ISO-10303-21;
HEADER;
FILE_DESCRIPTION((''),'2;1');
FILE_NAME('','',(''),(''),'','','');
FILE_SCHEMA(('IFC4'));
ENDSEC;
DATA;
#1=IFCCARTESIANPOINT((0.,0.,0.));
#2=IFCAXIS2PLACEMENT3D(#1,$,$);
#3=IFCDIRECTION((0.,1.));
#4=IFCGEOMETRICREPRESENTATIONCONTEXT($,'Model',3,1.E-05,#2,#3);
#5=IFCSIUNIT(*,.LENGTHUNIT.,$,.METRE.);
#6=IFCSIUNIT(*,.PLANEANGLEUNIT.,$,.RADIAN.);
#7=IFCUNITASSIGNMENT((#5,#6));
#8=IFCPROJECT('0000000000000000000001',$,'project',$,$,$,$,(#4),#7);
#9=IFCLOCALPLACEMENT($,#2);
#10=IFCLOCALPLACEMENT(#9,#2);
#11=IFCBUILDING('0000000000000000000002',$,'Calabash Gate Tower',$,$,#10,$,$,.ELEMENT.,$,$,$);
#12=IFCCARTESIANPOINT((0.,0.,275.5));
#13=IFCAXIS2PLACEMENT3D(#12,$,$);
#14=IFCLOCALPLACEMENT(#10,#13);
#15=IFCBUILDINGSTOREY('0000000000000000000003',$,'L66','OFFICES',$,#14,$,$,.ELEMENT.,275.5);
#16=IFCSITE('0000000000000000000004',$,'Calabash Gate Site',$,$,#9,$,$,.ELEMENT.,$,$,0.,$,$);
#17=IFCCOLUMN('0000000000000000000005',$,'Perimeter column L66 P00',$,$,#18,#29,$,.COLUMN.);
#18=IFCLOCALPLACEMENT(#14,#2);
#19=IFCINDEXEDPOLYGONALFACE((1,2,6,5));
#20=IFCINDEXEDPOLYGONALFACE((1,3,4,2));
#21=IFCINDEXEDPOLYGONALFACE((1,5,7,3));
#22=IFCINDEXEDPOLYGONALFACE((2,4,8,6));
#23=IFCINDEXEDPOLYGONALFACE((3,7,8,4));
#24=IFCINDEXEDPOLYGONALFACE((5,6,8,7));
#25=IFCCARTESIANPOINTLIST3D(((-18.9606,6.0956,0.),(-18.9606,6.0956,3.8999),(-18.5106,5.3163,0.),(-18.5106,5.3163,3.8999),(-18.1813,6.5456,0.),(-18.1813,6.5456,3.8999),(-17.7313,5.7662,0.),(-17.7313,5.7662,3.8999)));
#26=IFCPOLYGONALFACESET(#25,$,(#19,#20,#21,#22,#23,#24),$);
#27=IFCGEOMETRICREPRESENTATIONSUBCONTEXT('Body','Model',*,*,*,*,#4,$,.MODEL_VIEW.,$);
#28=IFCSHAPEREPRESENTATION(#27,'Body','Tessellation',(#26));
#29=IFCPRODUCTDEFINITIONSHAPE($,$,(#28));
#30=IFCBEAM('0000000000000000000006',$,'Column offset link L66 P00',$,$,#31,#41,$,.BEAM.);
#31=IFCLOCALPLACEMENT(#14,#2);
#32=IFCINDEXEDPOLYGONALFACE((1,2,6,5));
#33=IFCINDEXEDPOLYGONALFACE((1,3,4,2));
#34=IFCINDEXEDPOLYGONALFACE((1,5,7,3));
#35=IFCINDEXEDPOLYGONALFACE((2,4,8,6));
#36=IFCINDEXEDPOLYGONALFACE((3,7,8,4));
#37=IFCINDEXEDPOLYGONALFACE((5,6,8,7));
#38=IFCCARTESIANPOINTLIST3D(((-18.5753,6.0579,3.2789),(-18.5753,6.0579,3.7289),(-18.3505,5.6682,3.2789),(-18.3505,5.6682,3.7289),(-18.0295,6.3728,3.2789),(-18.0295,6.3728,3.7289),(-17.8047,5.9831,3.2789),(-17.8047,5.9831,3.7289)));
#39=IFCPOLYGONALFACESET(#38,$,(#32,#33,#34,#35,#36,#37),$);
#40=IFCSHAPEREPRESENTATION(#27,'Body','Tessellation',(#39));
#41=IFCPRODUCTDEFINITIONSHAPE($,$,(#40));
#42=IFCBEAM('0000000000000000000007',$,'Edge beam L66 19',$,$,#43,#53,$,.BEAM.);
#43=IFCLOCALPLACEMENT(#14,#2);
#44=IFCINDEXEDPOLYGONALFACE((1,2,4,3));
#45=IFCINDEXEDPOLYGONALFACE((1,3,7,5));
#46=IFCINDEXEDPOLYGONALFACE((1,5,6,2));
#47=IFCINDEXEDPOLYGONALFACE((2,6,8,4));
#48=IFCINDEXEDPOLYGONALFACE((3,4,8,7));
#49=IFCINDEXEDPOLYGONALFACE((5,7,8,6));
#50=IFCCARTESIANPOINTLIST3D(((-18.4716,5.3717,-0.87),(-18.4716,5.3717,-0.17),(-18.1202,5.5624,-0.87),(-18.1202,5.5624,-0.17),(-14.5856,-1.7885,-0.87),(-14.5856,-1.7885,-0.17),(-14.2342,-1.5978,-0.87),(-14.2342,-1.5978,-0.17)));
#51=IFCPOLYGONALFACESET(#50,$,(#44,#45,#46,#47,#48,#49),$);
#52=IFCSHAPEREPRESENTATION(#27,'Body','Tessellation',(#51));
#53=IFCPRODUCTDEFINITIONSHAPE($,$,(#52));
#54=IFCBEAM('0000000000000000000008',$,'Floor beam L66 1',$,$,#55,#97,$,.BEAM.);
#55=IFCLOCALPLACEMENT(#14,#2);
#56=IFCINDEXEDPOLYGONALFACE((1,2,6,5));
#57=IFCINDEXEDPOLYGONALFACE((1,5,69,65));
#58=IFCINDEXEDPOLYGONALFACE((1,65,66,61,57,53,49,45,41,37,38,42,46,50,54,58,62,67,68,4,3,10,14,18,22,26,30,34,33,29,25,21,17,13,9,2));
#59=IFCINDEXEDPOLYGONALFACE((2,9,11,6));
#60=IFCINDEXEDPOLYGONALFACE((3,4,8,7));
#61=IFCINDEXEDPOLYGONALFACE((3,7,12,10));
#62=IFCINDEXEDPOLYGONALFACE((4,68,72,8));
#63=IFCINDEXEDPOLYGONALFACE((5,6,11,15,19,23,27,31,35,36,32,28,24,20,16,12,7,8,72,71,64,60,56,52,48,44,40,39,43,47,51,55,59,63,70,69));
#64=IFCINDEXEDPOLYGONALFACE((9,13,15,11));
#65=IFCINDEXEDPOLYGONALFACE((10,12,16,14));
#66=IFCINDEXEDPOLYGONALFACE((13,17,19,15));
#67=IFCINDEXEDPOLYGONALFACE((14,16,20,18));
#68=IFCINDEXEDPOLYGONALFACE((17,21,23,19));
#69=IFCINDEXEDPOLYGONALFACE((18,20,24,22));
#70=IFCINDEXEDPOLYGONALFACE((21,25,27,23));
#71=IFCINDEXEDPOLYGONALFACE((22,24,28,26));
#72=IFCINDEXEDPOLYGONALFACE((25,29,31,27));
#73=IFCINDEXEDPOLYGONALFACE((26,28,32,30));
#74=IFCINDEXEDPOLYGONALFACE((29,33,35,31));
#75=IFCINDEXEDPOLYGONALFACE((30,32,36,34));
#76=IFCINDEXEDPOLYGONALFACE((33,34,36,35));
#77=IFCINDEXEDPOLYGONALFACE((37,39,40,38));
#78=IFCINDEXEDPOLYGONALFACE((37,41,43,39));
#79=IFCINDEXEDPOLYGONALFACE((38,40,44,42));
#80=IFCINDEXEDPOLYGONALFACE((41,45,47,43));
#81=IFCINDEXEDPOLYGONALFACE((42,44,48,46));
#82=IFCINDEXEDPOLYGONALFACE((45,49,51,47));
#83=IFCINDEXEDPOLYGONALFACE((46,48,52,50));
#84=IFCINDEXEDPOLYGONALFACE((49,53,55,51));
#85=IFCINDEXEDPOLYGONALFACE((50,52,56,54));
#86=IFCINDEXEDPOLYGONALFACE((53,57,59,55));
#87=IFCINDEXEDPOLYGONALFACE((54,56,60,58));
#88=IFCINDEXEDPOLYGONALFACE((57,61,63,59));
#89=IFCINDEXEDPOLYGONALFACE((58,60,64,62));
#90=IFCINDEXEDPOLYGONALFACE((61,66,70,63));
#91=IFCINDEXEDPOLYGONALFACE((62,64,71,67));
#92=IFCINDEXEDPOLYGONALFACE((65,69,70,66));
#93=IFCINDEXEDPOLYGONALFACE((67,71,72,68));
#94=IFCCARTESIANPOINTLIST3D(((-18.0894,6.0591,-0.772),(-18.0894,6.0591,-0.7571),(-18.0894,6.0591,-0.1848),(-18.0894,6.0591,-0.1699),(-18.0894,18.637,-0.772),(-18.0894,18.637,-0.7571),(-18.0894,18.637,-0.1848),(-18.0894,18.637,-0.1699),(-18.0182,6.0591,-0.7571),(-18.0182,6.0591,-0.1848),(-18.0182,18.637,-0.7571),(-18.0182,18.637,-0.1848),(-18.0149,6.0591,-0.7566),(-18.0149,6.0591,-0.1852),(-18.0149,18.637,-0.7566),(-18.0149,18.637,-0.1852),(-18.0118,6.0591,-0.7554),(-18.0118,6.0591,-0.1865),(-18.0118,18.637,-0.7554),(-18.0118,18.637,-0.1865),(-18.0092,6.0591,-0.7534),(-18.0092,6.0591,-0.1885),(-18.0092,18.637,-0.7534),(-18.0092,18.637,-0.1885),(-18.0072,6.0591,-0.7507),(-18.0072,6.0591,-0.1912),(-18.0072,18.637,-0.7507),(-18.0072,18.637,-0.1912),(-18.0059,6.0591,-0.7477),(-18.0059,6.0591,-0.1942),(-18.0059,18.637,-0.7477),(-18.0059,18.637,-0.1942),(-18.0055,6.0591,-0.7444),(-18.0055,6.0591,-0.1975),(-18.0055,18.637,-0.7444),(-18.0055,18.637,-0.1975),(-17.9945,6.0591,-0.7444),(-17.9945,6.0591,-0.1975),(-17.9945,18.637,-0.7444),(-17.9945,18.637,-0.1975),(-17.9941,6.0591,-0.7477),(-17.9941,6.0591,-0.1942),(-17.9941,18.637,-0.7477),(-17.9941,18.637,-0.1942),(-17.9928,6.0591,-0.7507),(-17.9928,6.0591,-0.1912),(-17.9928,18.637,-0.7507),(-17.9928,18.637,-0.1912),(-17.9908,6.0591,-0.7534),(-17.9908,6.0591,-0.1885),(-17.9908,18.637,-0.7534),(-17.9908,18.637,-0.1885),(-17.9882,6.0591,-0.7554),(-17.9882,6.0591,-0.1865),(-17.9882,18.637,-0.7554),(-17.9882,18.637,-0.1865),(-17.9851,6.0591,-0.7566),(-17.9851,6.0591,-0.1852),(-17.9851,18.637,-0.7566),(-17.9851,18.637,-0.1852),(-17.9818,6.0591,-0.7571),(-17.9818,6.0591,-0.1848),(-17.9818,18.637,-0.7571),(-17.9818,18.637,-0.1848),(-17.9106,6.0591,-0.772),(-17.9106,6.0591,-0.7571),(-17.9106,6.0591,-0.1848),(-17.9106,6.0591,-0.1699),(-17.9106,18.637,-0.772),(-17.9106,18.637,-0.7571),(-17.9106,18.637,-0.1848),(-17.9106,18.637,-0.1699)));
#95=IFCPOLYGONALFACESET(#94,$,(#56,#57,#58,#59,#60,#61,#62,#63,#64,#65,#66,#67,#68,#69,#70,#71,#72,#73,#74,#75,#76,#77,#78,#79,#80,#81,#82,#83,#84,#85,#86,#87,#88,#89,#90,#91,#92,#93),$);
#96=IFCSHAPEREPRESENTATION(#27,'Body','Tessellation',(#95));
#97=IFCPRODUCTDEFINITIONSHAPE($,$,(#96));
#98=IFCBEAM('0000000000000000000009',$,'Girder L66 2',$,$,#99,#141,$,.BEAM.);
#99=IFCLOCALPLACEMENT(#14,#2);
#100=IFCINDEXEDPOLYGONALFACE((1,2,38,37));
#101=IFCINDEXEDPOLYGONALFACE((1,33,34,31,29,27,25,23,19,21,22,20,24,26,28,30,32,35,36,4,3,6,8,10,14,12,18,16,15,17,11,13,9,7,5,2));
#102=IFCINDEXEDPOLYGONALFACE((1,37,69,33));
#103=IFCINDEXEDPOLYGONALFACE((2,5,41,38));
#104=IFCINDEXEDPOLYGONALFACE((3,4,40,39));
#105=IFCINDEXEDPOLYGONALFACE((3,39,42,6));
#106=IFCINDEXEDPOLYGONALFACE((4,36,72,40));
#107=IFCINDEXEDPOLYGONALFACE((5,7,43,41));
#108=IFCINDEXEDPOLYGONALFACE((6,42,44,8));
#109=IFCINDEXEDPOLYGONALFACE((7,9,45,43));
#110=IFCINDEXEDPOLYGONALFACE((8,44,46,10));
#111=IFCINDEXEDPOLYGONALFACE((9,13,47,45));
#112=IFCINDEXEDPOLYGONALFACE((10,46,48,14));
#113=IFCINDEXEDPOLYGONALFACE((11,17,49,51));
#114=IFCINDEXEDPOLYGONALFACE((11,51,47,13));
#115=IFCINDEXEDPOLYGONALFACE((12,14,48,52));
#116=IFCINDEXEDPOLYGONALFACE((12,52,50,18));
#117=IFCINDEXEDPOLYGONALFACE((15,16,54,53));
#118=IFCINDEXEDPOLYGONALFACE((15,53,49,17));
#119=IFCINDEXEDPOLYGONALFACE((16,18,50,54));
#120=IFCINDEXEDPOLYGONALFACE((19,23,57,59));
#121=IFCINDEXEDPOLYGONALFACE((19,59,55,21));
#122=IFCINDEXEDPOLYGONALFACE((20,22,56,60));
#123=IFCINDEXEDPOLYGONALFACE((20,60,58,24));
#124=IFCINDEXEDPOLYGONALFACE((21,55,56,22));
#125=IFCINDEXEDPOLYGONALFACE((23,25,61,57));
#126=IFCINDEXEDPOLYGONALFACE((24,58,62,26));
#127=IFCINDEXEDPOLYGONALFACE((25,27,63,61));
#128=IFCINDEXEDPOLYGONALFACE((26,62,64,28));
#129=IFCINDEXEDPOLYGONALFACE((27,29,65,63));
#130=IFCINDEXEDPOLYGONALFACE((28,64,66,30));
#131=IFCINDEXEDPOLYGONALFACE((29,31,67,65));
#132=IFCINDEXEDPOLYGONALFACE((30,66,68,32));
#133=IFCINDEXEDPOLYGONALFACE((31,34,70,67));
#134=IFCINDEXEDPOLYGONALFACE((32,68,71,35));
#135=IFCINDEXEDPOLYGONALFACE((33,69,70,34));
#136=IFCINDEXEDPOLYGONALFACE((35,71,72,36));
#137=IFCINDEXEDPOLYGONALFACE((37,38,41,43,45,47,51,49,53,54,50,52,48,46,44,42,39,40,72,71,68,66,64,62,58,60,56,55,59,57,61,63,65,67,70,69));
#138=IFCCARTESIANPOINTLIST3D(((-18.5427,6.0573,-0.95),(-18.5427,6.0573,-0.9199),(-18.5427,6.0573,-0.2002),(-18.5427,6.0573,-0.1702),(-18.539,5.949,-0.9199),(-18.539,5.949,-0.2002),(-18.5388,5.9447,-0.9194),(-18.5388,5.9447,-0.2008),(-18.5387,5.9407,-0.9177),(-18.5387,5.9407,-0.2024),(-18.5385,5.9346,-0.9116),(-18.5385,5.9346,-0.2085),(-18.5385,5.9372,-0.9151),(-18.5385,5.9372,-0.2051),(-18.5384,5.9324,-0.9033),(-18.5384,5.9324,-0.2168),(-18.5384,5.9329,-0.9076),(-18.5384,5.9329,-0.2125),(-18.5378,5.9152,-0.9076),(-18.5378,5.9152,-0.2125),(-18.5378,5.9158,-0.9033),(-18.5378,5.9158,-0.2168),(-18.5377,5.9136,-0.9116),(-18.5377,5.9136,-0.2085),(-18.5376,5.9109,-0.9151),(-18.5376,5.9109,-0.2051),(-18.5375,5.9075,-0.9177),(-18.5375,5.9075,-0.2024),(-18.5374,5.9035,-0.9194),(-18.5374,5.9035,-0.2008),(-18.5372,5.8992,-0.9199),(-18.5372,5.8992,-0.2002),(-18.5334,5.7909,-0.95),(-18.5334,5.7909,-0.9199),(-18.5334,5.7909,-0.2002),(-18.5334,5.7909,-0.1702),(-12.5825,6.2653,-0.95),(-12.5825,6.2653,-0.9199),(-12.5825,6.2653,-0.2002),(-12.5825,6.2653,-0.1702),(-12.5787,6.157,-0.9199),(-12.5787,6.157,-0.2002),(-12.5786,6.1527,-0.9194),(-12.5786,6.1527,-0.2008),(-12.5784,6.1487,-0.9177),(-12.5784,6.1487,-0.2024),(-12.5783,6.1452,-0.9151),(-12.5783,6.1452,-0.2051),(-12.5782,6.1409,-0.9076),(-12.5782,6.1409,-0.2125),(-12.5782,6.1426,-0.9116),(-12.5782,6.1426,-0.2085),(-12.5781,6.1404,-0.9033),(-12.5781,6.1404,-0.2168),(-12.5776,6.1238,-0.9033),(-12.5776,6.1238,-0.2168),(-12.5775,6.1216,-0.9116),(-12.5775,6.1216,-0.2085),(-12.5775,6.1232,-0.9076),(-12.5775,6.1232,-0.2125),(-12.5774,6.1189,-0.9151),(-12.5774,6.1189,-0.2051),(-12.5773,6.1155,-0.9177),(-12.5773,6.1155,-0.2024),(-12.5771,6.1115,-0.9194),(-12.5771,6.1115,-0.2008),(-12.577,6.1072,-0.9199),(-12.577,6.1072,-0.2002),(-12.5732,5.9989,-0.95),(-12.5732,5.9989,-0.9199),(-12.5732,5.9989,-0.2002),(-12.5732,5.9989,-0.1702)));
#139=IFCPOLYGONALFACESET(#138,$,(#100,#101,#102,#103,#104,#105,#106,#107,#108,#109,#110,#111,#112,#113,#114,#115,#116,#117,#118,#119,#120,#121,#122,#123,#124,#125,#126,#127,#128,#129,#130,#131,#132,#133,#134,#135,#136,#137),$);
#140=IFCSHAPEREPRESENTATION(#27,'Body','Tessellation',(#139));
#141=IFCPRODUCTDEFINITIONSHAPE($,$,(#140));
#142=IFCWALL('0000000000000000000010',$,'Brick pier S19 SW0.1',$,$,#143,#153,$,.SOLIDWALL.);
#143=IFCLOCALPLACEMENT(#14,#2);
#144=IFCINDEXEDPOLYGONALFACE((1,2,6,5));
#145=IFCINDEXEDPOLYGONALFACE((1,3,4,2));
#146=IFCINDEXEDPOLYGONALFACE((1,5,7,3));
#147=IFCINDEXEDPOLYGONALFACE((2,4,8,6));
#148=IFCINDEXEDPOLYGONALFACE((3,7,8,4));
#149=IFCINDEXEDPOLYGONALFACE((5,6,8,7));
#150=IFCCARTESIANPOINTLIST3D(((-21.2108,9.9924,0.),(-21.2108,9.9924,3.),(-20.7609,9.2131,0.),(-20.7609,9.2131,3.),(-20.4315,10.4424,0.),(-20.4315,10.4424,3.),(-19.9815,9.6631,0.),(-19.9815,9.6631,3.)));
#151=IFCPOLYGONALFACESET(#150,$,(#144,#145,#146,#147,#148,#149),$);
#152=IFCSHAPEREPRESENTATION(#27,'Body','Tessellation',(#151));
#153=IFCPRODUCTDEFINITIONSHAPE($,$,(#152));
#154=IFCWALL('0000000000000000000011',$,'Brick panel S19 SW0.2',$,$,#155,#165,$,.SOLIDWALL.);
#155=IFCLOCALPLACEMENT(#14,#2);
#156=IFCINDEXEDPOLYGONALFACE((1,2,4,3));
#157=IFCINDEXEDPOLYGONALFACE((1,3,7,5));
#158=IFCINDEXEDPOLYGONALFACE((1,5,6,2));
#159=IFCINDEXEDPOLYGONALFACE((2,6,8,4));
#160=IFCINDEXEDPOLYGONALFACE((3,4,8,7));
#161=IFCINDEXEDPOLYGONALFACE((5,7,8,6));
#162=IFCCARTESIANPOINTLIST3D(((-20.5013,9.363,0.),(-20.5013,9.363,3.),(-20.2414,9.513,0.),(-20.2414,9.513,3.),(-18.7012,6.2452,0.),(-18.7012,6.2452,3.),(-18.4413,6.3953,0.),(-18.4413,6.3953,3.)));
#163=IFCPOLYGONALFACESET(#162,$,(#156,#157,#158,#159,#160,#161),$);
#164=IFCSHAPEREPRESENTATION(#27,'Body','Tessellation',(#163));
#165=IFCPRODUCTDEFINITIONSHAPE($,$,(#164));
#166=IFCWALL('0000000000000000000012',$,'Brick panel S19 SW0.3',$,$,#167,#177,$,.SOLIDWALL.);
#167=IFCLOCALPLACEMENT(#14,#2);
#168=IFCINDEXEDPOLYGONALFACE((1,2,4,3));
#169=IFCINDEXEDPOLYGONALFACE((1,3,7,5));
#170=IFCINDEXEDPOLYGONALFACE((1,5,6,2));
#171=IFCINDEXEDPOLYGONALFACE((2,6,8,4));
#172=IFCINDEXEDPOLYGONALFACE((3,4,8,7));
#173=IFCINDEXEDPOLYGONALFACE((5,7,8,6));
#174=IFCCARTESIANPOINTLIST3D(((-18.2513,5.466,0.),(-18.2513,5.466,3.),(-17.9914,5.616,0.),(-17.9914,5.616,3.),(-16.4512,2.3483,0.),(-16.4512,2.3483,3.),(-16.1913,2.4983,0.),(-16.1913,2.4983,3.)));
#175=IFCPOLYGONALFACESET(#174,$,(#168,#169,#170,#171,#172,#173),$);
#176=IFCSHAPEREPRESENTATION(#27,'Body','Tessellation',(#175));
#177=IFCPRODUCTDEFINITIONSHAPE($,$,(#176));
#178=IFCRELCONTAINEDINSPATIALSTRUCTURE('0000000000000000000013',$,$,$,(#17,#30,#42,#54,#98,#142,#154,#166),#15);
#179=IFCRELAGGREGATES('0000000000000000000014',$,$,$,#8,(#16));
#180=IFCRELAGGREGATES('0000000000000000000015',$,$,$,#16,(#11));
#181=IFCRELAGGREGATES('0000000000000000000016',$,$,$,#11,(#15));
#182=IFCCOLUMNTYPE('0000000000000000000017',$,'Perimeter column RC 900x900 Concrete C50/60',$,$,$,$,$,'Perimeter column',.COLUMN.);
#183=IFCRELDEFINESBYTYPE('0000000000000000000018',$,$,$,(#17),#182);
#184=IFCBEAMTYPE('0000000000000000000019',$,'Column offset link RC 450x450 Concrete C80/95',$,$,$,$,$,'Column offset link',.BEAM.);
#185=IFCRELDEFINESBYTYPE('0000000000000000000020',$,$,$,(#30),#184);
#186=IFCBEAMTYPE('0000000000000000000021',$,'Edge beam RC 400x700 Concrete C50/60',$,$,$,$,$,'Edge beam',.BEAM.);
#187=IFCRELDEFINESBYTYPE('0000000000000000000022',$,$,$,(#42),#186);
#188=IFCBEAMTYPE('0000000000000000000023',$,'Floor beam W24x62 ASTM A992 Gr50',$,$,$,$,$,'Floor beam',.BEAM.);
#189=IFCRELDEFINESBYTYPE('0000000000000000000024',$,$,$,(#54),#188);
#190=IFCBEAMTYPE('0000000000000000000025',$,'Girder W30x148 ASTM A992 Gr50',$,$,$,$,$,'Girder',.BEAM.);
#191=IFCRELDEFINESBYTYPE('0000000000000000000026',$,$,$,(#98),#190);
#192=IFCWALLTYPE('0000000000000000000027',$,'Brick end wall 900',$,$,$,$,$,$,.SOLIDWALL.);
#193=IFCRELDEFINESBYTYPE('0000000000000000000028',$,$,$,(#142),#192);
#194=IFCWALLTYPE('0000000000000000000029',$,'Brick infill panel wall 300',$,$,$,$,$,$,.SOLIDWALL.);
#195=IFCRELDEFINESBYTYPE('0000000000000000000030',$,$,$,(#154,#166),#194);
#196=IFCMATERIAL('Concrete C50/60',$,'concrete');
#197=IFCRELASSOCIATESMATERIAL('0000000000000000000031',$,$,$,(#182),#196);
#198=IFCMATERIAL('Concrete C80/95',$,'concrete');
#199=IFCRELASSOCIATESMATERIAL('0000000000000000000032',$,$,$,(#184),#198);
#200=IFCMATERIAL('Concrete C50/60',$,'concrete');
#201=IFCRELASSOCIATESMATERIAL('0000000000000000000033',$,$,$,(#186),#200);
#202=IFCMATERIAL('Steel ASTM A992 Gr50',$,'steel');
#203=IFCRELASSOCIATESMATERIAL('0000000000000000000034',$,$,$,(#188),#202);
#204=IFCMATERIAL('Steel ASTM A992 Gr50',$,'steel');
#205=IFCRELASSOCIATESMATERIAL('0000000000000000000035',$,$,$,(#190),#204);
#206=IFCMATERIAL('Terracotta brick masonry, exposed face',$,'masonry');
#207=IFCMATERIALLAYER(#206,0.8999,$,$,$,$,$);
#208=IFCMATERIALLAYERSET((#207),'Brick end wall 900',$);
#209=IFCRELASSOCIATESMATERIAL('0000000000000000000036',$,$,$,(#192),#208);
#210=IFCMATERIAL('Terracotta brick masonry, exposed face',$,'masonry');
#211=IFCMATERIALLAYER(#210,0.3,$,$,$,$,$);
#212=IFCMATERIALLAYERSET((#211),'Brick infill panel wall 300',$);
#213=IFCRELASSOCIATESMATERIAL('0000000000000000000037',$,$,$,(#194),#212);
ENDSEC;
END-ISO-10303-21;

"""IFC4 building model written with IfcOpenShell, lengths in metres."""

from ifc_helpers import new_model, si_unit, direction, frame, frame_2d, origin, origin_2d, place, context, subcontext, project, spatial, rectangle, i_section, extrude, material, layer, layer_set, material_profile, profile_set, type_object, element, save


model = new_model("IFC4")

# Units and contexts
model_context = context("Model", 3, precision=1e-05, world=origin(), true_north=direction((0.0, 1.0)))
body_context = subcontext(model_context, "Body", "Model", "MODEL_VIEW")
ifc_project = project(units=[si_unit("LENGTHUNIT", "METRE"), si_unit("PLANEANGLEUNIT", "RADIAN")], contexts=[model_context])

# Site, building, storey
site_placement = place(None, origin())
site = spatial("IfcSite", under=ifc_project, at=site_placement, Name="Calabash Gate Site", CompositionType="ELEMENT", RefElevation=0.0)
building_placement = place(site_placement, origin())
building = spatial("IfcBuilding", under=site, at=building_placement, Name="Calabash Gate Tower", CompositionType="ELEMENT")
storey_placement = place(building_placement, frame((0.0, 0.0, 275.5)))
storey = spatial("IfcBuildingStorey", under=building, at=storey_placement, Name="L66", Description="OFFICES", CompositionType="ELEMENT", Elevation=275.5)

# Column
ifc_material_1 = material(Name="Concrete C50/60", Category="concrete")
ifc_material_profile_1 = material_profile(ifc_material_1, rectangle(XDim=0.8999, YDim=0.8999, at=origin_2d()))
ifc_profile_set_1 = profile_set([ifc_material_profile_1], Name="Concrete C50/60")
column_type = type_object("IfcColumnType", Name="Perimeter column RC 900x900 Concrete C50/60", ElementType="Perimeter column", PredefinedType="COLUMN", material=ifc_profile_set_1)
column_placement = place(storey_placement, frame((-18.3459, 5.9309, 0.0), z_axis=(0.0, 0.0, 1.0), x_axis=(0.5, -0.866025, 0.0)))
element("IfcColumn", 1, at=column_placement, inside=storey, type_object=column_type, Name="Perimeter column L66 P00", PredefinedType="COLUMN", context=body_context, shape_type="SweptSolid", body=[
    extrude(rectangle(XDim=0.8999, YDim=0.8999, at=origin_2d()), origin(), (0.0, 0.0, 1.0), 3.8999),
])

# Beams
ifc_material_2 = material(Name="Concrete C80/95", Category="concrete")
ifc_material_profile_2 = material_profile(ifc_material_2, rectangle(XDim=0.45, YDim=0.45, at=origin_2d()))
ifc_profile_set_2 = profile_set([ifc_material_profile_2], Name="Concrete C80/95")
beam_type_1 = type_object("IfcBeamType", Name="Column offset link RC 450x450 Concrete C80/95", ElementType="Column offset link", PredefinedType="BEAM", material=ifc_profile_set_2)
beam_1_placement = place(storey_placement, frame((-18.4629, 5.863, 3.5039), z_axis=(0.866186, 0.499722, 0.0), x_axis=(-0.499722, 0.866186, 0.0)))
element("IfcBeam", 2, at=beam_1_placement, inside=storey, type_object=beam_type_1, Name="Column offset link L66 P00", PredefinedType="BEAM", context=body_context, shape_type="SweptSolid", body=[
    extrude(rectangle(XDim=0.45, YDim=0.45, at=origin_2d()), origin(), (0.0, 0.0, 1.0), 0.6301),
])
ifc_material_3 = material(Name="Concrete C50/60", Category="concrete")
ifc_material_profile_3 = material_profile(ifc_material_3, rectangle(XDim=0.3999, YDim=0.7, at=origin_2d()))
ifc_profile_set_3 = profile_set([ifc_material_profile_3], Name="Concrete C50/60")
beam_type_2 = type_object("IfcBeamType", Name="Edge beam RC 400x700 Concrete C50/60", ElementType="Edge beam", PredefinedType="BEAM", material=ifc_profile_set_3)
beam_2_placement = place(storey_placement, frame((-18.2959, 5.467, -0.52), z_axis=(0.477001, -0.878903, 0.0), x_axis=(0.878903, 0.477001, 0.0)))
element("IfcBeam", 3, at=beam_2_placement, inside=storey, type_object=beam_type_2, Name="Edge beam L66 19", PredefinedType="BEAM", context=body_context, shape_type="SweptSolid", body=[
    extrude(rectangle(XDim=0.3999, YDim=0.7, at=origin_2d()), origin(), (0.0, 0.0, 1.0), 8.1467),
])
ifc_material_4 = material(Name="Steel ASTM A992 Gr50", Category="steel")
ifc_material_profile_4 = material_profile(ifc_material_4, i_section(OverallWidth=0.1787, OverallDepth=0.6021, WebThickness=0.011, FlangeThickness=0.0149, FilletRadius=0.0127, at=origin_2d()))
ifc_profile_set_4 = profile_set([ifc_material_profile_4], Name="Steel ASTM A992 Gr50")
beam_type_3 = type_object("IfcBeamType", Name="Floor beam W24x62 ASTM A992 Gr50", ElementType="Floor beam", PredefinedType="BEAM", material=ifc_profile_set_4)
beam_3_placement = place(storey_placement, frame((-18.0, 6.0591, -0.4709), z_axis=(0.0, 1.0, 0.0), x_axis=(-1.0, 0.0, 0.0)))
element("IfcBeam", 4, at=beam_3_placement, inside=storey, type_object=beam_type_3, Name="Floor beam L66 1", PredefinedType="BEAM", context=body_context, shape_type="SweptSolid", body=[
    extrude(i_section(OverallWidth=0.1787, OverallDepth=0.6021, WebThickness=0.011, FlangeThickness=0.0149, FilletRadius=0.0127, at=origin_2d()), origin(), (0.0, 0.0, 1.0), 12.5779),
])
ifc_material_5 = material(Name="Steel ASTM A992 Gr50", Category="steel")
ifc_material_profile_5 = material_profile(ifc_material_5, i_section(OverallWidth=0.2666, OverallDepth=0.7798, WebThickness=0.0166, FlangeThickness=0.03, FilletRadius=0.0166, at=origin_2d()))
ifc_profile_set_5 = profile_set([ifc_material_profile_5], Name="Steel ASTM A992 Gr50")
beam_type_4 = type_object("IfcBeamType", Name="Girder W30x148 ASTM A992 Gr50", ElementType="Girder", PredefinedType="BEAM", material=ifc_profile_set_5)
beam_4_placement = place(storey_placement, frame((-18.5381, 5.9241, -0.5601), z_axis=(0.999392, 0.034878, 0.0), x_axis=(-0.034878, 0.999392, 0.0)))
element("IfcBeam", 5, at=beam_4_placement, inside=storey, type_object=beam_type_4, Name="Girder L66 2", PredefinedType="BEAM", context=body_context, shape_type="SweptSolid", body=[
    extrude(i_section(OverallWidth=0.2666, OverallDepth=0.7798, WebThickness=0.0166, FlangeThickness=0.03, FilletRadius=0.0166, at=origin_2d()), origin(), (0.0, 0.0, 1.0), 5.9639),
])

# Walls
ifc_material_6 = material(Name="Terracotta brick masonry, exposed face", Category="masonry")
ifc_layer_1 = layer(ifc_material_6, 0.8999)
ifc_layer_set_1 = layer_set([ifc_layer_1], Name="Brick end wall 900")
wall_type_1 = type_object("IfcWallType", Name="Brick end wall 900", PredefinedType="SOLIDWALL", material=ifc_layer_set_1)
wall_1_placement = place(storey_placement, frame((-20.9858, 9.6028, 0.0), z_axis=(0.0, 0.0, 1.0), x_axis=(0.866014, 0.50002, 0.0)))
element("IfcWall", 6, at=wall_1_placement, inside=storey, type_object=wall_type_1, Name="Brick pier S19 SW0.1", PredefinedType="SOLIDWALL", context=body_context, shape_type="SweptSolid", body=[
    extrude(rectangle(XDim=0.8999, YDim=0.8999, at=frame_2d((0.45, 0.0))), origin(), (0.0, 0.0, 1.0), 3.0),
])
ifc_material_7 = material(Name="Terracotta brick masonry, exposed face", Category="masonry")
ifc_layer_2 = layer(ifc_material_7, 0.3)
ifc_layer_set_2 = layer_set([ifc_layer_2], Name="Brick infill panel wall 300")
wall_type_2 = type_object("IfcWallType", Name="Brick infill panel wall 300", PredefinedType="SOLIDWALL", material=ifc_layer_set_2)
for number, where, z_axis, x_axis, name in (
    (7, (-20.3713, 9.438, 0.0), (0.0, 0.0, 1.0), (0.500012, -0.866018, 0.0), "Brick panel S19 SW0.2"),
    (8, (-18.1213, 5.541, 0.0), (0.0, 0.0, 1.0), (0.500012, -0.866018, 0.0), "Brick panel S19 SW0.3"),
):
    element("IfcWall", number, at=place(storey_placement, frame(where, z_axis=z_axis, x_axis=x_axis)), inside=storey, type_object=wall_type_2, Name=name, PredefinedType="SOLIDWALL", context=body_context, shape_type="SweptSolid", body=[
        extrude(rectangle(XDim=3.6001, YDim=0.3, at=frame_2d((1.8, 0.0))), origin(), (0.0, 0.0, 1.0), 3.0),
    ])

save(model, "model.ifc")
